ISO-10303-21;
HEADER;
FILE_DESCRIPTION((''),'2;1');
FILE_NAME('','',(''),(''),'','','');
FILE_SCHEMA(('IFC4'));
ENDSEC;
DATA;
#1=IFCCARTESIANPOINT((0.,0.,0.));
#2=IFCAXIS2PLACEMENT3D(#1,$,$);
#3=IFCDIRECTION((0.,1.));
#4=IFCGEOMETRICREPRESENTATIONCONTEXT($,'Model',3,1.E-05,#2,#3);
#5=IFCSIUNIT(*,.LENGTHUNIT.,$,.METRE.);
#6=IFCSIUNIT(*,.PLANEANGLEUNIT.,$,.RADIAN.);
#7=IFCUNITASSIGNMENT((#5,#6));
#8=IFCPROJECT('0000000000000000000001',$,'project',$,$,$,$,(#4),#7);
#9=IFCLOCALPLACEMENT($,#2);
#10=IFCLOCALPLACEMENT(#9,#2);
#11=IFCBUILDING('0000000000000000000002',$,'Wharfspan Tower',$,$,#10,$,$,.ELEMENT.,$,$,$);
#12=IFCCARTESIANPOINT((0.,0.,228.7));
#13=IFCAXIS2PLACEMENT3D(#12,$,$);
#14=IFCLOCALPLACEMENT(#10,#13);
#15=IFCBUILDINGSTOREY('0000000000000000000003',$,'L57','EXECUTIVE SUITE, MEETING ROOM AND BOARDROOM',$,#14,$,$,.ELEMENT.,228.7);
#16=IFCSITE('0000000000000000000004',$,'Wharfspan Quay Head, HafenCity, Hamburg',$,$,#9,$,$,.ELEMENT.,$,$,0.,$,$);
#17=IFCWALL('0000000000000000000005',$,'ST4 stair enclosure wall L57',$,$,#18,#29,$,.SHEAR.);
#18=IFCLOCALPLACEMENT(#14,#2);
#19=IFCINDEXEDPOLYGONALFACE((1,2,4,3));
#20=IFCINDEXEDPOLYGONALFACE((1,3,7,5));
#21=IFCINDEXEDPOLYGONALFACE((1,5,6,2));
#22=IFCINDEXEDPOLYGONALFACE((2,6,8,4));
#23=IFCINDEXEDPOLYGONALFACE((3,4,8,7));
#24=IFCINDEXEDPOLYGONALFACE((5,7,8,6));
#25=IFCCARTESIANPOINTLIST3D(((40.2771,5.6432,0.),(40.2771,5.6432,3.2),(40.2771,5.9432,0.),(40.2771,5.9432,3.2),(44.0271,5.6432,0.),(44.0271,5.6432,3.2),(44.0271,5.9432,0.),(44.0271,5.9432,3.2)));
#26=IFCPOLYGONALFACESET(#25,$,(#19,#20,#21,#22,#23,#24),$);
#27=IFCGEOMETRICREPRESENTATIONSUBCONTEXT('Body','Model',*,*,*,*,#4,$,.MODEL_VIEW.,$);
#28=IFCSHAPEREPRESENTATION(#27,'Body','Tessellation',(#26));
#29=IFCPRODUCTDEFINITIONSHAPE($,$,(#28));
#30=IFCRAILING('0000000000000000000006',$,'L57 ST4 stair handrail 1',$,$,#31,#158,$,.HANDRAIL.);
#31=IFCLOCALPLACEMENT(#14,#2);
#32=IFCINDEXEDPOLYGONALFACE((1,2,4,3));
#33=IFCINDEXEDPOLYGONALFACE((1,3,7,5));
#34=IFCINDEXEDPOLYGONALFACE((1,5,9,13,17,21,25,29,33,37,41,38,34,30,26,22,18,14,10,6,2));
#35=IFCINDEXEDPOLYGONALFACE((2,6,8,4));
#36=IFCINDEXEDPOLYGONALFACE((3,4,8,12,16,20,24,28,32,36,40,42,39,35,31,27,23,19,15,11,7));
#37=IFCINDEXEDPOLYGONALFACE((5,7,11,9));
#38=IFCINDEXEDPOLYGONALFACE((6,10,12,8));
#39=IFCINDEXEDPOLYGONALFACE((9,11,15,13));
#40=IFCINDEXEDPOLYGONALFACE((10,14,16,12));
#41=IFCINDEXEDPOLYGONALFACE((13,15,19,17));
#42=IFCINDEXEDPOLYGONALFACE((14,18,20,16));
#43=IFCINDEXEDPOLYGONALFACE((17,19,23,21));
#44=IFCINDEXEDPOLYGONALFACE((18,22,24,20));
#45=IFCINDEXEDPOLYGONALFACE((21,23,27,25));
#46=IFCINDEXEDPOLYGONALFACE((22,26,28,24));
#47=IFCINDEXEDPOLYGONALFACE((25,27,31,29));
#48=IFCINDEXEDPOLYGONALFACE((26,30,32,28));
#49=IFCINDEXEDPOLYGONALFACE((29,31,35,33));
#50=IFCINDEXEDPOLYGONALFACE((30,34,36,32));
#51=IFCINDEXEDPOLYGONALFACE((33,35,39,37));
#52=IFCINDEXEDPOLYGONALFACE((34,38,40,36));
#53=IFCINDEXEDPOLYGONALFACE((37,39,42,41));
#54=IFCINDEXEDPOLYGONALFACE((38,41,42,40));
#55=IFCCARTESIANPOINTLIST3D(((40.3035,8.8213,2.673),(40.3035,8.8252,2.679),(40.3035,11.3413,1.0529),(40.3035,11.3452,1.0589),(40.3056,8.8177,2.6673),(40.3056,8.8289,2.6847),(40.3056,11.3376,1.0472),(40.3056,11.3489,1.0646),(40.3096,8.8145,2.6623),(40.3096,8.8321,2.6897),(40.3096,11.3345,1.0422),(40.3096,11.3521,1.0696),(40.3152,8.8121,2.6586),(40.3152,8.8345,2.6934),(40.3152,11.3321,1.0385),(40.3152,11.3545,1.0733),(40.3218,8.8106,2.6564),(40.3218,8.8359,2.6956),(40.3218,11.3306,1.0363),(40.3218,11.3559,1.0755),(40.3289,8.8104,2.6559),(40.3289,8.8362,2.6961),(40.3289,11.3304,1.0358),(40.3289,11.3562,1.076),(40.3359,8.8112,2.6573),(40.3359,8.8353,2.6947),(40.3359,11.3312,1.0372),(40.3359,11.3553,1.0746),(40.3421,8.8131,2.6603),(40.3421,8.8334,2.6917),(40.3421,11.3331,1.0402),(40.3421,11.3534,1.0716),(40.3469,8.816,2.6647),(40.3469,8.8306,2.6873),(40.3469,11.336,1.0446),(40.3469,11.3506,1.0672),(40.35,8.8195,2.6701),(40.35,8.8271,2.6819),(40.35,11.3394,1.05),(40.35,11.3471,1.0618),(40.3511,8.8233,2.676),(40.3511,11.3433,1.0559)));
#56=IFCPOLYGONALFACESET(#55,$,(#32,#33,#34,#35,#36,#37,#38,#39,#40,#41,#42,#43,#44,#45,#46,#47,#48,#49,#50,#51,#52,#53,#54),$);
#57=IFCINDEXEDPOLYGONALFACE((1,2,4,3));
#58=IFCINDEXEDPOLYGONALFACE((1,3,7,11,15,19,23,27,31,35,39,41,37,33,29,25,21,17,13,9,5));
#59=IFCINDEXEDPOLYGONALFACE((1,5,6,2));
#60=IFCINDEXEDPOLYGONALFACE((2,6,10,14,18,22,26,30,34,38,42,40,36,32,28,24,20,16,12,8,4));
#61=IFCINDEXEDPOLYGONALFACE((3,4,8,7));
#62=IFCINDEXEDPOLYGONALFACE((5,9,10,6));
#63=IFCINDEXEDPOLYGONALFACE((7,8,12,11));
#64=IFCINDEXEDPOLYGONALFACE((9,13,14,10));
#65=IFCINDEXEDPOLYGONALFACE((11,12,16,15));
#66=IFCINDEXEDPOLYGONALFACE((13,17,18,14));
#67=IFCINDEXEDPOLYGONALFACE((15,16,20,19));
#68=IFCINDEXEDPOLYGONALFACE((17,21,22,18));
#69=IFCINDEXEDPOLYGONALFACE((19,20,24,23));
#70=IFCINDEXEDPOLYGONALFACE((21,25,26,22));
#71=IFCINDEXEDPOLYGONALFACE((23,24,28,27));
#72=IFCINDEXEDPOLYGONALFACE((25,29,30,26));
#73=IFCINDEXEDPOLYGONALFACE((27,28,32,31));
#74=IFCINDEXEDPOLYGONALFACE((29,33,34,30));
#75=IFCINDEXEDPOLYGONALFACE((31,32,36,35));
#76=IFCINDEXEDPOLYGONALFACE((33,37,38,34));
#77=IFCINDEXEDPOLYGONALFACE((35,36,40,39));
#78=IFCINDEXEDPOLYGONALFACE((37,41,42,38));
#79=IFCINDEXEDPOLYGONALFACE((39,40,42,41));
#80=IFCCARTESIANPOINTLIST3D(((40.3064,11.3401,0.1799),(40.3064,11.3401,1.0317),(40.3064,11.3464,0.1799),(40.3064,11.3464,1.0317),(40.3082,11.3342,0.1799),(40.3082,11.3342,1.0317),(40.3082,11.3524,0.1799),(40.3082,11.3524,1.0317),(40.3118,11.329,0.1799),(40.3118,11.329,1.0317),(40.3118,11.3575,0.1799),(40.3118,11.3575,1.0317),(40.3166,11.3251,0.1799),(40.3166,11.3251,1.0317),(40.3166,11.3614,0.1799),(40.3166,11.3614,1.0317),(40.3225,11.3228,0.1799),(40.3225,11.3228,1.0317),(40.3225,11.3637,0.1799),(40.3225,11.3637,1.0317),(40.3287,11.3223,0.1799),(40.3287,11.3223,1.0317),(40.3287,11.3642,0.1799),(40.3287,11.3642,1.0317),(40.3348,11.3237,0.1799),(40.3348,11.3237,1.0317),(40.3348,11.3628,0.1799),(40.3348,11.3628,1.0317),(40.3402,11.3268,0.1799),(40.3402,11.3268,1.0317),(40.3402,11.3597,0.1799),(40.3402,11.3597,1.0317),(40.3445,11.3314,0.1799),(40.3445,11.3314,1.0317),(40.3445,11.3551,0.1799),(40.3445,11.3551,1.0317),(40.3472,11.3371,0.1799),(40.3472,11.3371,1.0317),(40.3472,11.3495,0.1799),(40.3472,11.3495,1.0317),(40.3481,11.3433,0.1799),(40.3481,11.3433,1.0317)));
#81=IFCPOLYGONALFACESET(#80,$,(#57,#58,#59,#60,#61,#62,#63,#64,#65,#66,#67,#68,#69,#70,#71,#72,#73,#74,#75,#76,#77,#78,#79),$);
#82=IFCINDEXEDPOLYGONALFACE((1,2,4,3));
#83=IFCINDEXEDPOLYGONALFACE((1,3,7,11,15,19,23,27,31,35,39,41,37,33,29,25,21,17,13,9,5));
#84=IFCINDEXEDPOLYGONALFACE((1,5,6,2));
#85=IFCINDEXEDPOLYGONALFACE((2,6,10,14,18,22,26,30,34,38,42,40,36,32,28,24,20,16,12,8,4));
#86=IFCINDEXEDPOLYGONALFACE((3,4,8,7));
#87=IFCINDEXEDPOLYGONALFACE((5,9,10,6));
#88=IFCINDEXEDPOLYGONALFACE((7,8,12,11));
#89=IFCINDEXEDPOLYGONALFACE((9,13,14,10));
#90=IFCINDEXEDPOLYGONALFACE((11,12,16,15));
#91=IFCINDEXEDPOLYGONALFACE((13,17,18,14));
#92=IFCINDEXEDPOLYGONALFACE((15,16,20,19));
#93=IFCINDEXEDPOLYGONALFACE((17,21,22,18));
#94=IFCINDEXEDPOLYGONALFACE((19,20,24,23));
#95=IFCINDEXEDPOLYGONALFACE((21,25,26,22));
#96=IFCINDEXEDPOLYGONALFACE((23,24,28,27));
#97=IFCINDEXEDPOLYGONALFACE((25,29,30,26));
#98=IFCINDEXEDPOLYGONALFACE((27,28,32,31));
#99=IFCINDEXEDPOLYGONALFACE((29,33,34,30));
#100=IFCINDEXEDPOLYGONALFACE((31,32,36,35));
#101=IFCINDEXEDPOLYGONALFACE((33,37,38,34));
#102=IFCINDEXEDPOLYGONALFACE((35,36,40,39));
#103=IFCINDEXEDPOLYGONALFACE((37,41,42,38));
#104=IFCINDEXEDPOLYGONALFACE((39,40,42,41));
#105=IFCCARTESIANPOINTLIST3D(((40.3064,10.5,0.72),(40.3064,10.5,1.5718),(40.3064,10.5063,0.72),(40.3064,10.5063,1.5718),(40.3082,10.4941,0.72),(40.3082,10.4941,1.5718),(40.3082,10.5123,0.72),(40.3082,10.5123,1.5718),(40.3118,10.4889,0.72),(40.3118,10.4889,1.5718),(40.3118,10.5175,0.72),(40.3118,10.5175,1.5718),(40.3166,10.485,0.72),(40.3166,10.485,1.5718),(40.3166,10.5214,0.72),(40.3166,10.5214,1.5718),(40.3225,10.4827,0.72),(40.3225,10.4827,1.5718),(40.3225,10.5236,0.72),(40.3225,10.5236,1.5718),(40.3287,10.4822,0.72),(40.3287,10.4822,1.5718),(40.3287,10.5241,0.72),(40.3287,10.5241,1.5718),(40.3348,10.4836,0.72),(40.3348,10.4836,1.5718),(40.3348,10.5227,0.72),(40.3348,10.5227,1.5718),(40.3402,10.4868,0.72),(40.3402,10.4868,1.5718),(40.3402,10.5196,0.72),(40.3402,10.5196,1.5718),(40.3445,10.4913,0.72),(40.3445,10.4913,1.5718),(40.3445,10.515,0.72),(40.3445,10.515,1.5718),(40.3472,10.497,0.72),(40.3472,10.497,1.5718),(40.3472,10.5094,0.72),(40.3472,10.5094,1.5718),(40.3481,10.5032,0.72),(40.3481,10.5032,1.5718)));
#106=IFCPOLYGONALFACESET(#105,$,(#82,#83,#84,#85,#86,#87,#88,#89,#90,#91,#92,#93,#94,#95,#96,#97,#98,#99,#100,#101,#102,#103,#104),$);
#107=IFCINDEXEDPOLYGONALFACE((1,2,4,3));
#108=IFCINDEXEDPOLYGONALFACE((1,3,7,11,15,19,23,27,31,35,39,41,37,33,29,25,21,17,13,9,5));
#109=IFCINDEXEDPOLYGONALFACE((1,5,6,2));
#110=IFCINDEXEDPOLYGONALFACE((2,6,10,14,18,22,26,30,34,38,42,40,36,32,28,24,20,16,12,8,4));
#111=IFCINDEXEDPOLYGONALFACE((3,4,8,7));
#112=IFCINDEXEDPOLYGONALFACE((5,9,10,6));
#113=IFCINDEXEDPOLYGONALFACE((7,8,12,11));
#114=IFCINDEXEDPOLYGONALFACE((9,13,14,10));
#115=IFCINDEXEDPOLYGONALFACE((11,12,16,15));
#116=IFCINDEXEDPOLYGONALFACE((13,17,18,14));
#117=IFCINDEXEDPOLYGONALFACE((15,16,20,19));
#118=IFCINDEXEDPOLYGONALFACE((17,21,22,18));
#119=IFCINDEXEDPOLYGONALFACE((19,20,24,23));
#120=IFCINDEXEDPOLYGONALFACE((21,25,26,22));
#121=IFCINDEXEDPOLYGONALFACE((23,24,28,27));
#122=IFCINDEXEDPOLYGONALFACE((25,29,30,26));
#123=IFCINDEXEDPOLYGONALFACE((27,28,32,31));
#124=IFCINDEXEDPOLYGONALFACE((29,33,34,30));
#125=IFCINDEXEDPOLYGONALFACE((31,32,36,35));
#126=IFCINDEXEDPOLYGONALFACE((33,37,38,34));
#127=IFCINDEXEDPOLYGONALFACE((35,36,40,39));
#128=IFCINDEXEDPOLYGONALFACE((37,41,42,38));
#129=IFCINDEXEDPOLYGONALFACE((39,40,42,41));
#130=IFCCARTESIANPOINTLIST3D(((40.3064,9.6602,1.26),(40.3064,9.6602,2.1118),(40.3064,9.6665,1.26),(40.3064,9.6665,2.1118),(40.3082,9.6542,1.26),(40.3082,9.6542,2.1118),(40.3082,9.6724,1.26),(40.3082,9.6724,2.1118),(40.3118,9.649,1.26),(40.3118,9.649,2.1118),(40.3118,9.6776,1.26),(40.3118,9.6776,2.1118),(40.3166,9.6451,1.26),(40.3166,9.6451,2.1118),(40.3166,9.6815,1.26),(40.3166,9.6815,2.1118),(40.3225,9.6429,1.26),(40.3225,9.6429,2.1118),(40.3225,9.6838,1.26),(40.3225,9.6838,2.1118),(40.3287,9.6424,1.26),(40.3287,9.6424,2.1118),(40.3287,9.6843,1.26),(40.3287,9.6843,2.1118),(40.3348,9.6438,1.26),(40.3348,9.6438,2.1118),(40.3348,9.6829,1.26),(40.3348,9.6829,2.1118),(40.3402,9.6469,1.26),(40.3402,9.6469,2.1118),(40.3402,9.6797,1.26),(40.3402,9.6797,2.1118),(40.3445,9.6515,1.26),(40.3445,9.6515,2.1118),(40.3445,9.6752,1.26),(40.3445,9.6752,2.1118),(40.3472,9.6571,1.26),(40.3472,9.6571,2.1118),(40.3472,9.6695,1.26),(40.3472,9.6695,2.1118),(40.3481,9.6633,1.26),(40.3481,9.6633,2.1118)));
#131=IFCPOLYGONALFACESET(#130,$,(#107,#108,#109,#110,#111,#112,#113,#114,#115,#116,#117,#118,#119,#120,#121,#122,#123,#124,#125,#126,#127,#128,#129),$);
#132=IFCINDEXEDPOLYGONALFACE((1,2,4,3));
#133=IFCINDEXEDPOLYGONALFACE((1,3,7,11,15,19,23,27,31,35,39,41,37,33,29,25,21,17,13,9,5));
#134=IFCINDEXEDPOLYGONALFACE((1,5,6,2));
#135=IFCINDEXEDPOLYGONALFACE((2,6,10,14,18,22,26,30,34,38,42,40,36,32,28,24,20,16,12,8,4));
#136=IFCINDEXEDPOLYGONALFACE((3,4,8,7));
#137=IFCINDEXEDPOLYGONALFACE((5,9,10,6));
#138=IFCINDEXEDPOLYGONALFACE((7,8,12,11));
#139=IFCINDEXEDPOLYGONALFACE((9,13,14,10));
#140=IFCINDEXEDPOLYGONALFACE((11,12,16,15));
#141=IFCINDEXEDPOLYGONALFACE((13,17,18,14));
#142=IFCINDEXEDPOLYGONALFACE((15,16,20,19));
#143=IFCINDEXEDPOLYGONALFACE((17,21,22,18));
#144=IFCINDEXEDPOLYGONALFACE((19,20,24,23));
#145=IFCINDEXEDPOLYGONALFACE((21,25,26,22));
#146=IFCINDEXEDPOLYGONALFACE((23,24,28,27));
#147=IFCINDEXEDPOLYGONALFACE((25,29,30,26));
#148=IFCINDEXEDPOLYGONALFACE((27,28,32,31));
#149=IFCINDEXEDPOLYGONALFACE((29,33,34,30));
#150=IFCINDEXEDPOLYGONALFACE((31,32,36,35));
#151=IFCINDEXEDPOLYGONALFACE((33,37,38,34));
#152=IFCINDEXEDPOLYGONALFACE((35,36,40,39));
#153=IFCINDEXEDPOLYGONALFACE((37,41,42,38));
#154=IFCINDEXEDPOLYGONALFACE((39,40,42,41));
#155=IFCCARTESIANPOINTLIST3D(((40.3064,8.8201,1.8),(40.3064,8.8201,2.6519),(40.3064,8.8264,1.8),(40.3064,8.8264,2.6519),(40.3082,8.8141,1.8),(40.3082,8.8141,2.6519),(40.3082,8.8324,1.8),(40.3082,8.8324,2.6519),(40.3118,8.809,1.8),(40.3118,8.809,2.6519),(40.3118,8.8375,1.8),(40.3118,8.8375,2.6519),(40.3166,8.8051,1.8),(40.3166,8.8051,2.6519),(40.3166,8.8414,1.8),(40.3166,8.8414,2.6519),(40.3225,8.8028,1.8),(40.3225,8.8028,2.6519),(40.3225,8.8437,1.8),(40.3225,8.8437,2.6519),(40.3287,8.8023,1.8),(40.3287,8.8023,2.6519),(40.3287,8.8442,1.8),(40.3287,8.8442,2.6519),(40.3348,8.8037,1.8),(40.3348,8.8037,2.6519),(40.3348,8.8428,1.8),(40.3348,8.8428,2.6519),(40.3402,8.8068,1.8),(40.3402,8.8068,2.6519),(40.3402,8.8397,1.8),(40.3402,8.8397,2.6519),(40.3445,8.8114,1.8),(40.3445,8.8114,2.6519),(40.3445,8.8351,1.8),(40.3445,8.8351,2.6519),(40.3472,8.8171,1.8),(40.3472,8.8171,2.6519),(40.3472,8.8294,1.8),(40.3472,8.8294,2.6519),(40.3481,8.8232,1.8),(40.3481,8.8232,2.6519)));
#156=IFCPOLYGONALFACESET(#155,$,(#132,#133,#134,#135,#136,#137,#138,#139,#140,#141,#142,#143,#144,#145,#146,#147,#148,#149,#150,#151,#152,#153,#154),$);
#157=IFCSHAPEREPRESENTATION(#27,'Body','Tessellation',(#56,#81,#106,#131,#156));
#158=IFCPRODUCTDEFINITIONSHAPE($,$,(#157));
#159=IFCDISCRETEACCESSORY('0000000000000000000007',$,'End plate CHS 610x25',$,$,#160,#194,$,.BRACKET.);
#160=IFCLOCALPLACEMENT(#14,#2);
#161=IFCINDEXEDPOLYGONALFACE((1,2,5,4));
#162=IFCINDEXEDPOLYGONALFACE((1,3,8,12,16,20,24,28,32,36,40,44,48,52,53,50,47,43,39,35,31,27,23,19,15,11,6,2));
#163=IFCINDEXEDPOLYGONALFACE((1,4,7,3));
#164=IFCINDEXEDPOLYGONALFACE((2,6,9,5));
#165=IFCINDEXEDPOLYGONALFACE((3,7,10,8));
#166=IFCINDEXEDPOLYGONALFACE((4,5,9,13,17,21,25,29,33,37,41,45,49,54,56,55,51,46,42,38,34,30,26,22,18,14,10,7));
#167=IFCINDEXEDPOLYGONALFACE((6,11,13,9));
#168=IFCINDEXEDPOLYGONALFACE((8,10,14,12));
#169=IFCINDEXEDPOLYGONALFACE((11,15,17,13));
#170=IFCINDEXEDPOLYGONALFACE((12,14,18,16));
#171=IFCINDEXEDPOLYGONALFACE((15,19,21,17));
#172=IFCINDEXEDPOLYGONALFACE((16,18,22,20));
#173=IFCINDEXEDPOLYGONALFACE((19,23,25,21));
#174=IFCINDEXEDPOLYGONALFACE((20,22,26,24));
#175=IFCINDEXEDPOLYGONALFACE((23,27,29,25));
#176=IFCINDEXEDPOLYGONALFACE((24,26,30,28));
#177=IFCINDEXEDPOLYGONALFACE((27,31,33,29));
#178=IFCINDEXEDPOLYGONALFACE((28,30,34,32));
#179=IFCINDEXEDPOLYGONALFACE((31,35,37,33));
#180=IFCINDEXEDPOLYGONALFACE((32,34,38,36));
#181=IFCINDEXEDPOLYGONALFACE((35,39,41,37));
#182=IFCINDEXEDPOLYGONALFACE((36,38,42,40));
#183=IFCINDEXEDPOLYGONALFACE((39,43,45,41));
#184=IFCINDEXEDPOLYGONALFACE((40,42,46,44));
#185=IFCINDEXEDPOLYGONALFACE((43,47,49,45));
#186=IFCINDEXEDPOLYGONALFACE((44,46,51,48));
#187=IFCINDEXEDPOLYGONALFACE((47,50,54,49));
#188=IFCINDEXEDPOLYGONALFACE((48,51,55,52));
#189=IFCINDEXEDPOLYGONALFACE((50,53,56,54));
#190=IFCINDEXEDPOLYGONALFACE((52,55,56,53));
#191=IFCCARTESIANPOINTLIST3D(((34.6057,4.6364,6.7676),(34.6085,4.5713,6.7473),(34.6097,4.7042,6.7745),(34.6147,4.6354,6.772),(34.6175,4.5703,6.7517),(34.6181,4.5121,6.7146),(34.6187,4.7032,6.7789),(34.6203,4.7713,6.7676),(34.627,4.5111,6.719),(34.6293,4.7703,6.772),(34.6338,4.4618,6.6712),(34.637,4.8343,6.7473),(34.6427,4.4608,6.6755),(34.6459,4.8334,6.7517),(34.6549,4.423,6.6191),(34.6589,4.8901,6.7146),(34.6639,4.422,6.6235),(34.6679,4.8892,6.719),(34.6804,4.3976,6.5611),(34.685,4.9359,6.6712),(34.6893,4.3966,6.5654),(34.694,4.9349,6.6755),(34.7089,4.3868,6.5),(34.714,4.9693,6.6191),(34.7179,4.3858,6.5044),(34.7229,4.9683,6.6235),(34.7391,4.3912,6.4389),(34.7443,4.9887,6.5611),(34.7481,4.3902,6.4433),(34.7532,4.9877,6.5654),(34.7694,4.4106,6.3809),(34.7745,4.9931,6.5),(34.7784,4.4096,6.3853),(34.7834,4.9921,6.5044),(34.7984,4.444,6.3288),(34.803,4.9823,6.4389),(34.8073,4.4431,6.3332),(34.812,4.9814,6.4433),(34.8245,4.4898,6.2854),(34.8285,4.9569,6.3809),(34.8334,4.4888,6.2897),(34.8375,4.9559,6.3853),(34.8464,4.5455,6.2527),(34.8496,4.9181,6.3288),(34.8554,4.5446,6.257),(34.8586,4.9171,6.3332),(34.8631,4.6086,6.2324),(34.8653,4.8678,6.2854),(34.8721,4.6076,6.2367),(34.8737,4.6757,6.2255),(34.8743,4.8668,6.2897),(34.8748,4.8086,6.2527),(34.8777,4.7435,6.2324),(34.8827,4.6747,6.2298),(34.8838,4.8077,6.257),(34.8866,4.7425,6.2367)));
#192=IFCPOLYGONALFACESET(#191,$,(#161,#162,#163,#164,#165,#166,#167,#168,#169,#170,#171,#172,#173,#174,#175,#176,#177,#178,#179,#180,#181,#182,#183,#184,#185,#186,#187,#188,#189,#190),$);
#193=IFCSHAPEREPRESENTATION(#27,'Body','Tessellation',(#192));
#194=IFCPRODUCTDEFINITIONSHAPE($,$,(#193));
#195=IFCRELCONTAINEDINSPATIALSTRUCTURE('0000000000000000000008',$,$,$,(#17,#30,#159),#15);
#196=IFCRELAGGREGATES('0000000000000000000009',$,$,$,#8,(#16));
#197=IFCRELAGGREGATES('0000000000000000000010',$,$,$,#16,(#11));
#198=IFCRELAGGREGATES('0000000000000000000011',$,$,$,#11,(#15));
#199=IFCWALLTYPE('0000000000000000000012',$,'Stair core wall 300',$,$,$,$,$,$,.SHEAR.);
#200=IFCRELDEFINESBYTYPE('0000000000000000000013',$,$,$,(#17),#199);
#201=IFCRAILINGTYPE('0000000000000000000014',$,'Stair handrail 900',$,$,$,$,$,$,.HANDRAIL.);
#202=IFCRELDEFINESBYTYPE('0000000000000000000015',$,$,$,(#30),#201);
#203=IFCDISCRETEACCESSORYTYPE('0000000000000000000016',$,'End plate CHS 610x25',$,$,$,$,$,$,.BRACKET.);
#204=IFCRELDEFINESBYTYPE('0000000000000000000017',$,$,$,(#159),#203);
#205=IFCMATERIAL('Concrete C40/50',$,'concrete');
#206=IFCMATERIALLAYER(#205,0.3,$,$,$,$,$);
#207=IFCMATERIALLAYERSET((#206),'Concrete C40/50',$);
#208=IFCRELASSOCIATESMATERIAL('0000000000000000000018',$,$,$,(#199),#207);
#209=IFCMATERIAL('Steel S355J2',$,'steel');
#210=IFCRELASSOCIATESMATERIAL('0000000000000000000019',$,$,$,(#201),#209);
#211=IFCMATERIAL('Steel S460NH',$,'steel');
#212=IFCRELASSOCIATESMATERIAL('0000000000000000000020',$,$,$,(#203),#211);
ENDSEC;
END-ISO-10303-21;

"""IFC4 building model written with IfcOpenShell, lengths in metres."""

from ifc_helpers import new_model, si_unit, direction, frame, frame_2d, origin, origin_2d, place, context, subcontext, project, spatial, rectangle, circle, extrude, material, layer, layer_set, material_profile, profile_set, type_object, element, save


model = new_model("IFC4")

# Units and contexts
model_context = context("Model", 3, precision=1e-05, world=origin(), true_north=direction((0.0, 1.0)))
body_context = subcontext(model_context, "Body", "Model", "MODEL_VIEW")
ifc_project = project(units=[si_unit("LENGTHUNIT", "METRE"), si_unit("PLANEANGLEUNIT", "RADIAN")], contexts=[model_context])

# Site, building, storey
site_placement = place(None, origin())
site = spatial("IfcSite", under=ifc_project, at=site_placement, Name="Wharfspan Quay Head, HafenCity, Hamburg", CompositionType="ELEMENT", RefElevation=0.0)
building_placement = place(site_placement, origin())
building = spatial("IfcBuilding", under=site, at=building_placement, Name="Wharfspan Tower", CompositionType="ELEMENT")
storey_placement = place(building_placement, frame((0.0, 0.0, 228.7)))
storey = spatial("IfcBuildingStorey", under=building, at=storey_placement, Name="L57", Description="EXECUTIVE SUITE, MEETING ROOM AND BOARDROOM", CompositionType="ELEMENT", Elevation=228.7)

# Shared definitions
ifc_material_1 = material(Name="Steel S355J2", Category="steel")

# Shared definitions
ifc_material_2 = material(Name="Concrete C40/50", Category="concrete")

# Shared definitions
ifc_layer_1 = layer(ifc_material_2, 0.3)
ifc_layer_set_1 = layer_set([ifc_layer_1], Name="Concrete C40/50")
wall_type_1 = type_object("IfcWallType", Name="Stair core wall 300", PredefinedType="SHEAR", material=ifc_layer_set_1)

# Wall
wall_1_placement = place(storey_placement, frame((40.2771, 5.7932, 0.0), z_axis=(0.0, 0.0, 1.0), x_axis=(1.0, 0.0, 0.0)))
element("IfcWall", 1, at=wall_1_placement, inside=storey, type_object=wall_type_1, Name="ST4 stair enclosure wall L57", PredefinedType="SHEAR", context=body_context, shape_type="SweptSolid", body=[
    extrude(rectangle(XDim=3.75, YDim=0.3, at=frame_2d((1.875, 0.0))), origin(), (0.0, 0.0, 1.0), 3.2),
])

# Railing
railing_type = type_object("IfcRailingType", Name="Stair handrail 900", PredefinedType="HANDRAIL", material=ifc_material_1)
railing_placement = place(storey_placement, frame((40.3271, 11.3433, 0.1799)))
element("IfcRailing", 2, at=railing_placement, inside=storey, type_object=railing_type, Name="L57 ST4 stair handrail 1", PredefinedType="HANDRAIL", context=body_context, shape_type="SweptSolid", body=[
    extrude(circle(Radius=0.0239, at=origin_2d()), frame((0.0, 0.0, 0.876), z_axis=(0.0, -0.841163, 0.540782), x_axis=(1.0, 0.0, 0.0)), (0.0, 0.0, 1.0), 2.9958),
    extrude(circle(Radius=0.021, at=origin_2d()), origin(), (0.0, 0.0, 1.0), 0.8518),
    extrude(circle(Radius=0.021, at=origin_2d()), frame((0.0, -0.8401, 0.54)), (0.0, 0.0, 1.0), 0.8518),
    extrude(circle(Radius=0.021, at=origin_2d()), frame((0.0, -1.6799, 1.0801)), (0.0, 0.0, 1.0), 0.8518),
    extrude(circle(Radius=0.021, at=origin_2d()), frame((0.0, -2.52, 1.6201)), (0.0, 0.0, 1.0), 0.8518),
])

# Discrete accessory
ifc_material_3 = material(Name="Steel S460NH", Category="steel")
ifc_material_profile_1 = material_profile(ifc_material_3, circle(Radius=0.3049, at=origin_2d()))
ifc_profile_set_1 = profile_set([ifc_material_profile_1], Name="Steel S460NH")
discrete_accessory_type = type_object("IfcDiscreteAccessoryType", Name="End plate CHS 610x25", PredefinedType="BRACKET", material=ifc_profile_set_1)
discrete_accessory_placement = place(storey_placement, frame((34.7417, 4.6899, 6.5), z_axis=(0.895016, -0.096758, 0.435413), x_axis=(0.107482, 0.994209, -0.000001)))
element("IfcDiscreteAccessory", 3, at=discrete_accessory_placement, inside=storey, type_object=discrete_accessory_type, Name="End plate CHS 610x25", PredefinedType="BRACKET", context=body_context, shape_type="SweptSolid", body=[
    extrude(circle(Radius=0.3049, at=origin_2d()), origin(), (0.0, 0.0, 1.0), 0.01),
])

save(model, "model.ifc")
